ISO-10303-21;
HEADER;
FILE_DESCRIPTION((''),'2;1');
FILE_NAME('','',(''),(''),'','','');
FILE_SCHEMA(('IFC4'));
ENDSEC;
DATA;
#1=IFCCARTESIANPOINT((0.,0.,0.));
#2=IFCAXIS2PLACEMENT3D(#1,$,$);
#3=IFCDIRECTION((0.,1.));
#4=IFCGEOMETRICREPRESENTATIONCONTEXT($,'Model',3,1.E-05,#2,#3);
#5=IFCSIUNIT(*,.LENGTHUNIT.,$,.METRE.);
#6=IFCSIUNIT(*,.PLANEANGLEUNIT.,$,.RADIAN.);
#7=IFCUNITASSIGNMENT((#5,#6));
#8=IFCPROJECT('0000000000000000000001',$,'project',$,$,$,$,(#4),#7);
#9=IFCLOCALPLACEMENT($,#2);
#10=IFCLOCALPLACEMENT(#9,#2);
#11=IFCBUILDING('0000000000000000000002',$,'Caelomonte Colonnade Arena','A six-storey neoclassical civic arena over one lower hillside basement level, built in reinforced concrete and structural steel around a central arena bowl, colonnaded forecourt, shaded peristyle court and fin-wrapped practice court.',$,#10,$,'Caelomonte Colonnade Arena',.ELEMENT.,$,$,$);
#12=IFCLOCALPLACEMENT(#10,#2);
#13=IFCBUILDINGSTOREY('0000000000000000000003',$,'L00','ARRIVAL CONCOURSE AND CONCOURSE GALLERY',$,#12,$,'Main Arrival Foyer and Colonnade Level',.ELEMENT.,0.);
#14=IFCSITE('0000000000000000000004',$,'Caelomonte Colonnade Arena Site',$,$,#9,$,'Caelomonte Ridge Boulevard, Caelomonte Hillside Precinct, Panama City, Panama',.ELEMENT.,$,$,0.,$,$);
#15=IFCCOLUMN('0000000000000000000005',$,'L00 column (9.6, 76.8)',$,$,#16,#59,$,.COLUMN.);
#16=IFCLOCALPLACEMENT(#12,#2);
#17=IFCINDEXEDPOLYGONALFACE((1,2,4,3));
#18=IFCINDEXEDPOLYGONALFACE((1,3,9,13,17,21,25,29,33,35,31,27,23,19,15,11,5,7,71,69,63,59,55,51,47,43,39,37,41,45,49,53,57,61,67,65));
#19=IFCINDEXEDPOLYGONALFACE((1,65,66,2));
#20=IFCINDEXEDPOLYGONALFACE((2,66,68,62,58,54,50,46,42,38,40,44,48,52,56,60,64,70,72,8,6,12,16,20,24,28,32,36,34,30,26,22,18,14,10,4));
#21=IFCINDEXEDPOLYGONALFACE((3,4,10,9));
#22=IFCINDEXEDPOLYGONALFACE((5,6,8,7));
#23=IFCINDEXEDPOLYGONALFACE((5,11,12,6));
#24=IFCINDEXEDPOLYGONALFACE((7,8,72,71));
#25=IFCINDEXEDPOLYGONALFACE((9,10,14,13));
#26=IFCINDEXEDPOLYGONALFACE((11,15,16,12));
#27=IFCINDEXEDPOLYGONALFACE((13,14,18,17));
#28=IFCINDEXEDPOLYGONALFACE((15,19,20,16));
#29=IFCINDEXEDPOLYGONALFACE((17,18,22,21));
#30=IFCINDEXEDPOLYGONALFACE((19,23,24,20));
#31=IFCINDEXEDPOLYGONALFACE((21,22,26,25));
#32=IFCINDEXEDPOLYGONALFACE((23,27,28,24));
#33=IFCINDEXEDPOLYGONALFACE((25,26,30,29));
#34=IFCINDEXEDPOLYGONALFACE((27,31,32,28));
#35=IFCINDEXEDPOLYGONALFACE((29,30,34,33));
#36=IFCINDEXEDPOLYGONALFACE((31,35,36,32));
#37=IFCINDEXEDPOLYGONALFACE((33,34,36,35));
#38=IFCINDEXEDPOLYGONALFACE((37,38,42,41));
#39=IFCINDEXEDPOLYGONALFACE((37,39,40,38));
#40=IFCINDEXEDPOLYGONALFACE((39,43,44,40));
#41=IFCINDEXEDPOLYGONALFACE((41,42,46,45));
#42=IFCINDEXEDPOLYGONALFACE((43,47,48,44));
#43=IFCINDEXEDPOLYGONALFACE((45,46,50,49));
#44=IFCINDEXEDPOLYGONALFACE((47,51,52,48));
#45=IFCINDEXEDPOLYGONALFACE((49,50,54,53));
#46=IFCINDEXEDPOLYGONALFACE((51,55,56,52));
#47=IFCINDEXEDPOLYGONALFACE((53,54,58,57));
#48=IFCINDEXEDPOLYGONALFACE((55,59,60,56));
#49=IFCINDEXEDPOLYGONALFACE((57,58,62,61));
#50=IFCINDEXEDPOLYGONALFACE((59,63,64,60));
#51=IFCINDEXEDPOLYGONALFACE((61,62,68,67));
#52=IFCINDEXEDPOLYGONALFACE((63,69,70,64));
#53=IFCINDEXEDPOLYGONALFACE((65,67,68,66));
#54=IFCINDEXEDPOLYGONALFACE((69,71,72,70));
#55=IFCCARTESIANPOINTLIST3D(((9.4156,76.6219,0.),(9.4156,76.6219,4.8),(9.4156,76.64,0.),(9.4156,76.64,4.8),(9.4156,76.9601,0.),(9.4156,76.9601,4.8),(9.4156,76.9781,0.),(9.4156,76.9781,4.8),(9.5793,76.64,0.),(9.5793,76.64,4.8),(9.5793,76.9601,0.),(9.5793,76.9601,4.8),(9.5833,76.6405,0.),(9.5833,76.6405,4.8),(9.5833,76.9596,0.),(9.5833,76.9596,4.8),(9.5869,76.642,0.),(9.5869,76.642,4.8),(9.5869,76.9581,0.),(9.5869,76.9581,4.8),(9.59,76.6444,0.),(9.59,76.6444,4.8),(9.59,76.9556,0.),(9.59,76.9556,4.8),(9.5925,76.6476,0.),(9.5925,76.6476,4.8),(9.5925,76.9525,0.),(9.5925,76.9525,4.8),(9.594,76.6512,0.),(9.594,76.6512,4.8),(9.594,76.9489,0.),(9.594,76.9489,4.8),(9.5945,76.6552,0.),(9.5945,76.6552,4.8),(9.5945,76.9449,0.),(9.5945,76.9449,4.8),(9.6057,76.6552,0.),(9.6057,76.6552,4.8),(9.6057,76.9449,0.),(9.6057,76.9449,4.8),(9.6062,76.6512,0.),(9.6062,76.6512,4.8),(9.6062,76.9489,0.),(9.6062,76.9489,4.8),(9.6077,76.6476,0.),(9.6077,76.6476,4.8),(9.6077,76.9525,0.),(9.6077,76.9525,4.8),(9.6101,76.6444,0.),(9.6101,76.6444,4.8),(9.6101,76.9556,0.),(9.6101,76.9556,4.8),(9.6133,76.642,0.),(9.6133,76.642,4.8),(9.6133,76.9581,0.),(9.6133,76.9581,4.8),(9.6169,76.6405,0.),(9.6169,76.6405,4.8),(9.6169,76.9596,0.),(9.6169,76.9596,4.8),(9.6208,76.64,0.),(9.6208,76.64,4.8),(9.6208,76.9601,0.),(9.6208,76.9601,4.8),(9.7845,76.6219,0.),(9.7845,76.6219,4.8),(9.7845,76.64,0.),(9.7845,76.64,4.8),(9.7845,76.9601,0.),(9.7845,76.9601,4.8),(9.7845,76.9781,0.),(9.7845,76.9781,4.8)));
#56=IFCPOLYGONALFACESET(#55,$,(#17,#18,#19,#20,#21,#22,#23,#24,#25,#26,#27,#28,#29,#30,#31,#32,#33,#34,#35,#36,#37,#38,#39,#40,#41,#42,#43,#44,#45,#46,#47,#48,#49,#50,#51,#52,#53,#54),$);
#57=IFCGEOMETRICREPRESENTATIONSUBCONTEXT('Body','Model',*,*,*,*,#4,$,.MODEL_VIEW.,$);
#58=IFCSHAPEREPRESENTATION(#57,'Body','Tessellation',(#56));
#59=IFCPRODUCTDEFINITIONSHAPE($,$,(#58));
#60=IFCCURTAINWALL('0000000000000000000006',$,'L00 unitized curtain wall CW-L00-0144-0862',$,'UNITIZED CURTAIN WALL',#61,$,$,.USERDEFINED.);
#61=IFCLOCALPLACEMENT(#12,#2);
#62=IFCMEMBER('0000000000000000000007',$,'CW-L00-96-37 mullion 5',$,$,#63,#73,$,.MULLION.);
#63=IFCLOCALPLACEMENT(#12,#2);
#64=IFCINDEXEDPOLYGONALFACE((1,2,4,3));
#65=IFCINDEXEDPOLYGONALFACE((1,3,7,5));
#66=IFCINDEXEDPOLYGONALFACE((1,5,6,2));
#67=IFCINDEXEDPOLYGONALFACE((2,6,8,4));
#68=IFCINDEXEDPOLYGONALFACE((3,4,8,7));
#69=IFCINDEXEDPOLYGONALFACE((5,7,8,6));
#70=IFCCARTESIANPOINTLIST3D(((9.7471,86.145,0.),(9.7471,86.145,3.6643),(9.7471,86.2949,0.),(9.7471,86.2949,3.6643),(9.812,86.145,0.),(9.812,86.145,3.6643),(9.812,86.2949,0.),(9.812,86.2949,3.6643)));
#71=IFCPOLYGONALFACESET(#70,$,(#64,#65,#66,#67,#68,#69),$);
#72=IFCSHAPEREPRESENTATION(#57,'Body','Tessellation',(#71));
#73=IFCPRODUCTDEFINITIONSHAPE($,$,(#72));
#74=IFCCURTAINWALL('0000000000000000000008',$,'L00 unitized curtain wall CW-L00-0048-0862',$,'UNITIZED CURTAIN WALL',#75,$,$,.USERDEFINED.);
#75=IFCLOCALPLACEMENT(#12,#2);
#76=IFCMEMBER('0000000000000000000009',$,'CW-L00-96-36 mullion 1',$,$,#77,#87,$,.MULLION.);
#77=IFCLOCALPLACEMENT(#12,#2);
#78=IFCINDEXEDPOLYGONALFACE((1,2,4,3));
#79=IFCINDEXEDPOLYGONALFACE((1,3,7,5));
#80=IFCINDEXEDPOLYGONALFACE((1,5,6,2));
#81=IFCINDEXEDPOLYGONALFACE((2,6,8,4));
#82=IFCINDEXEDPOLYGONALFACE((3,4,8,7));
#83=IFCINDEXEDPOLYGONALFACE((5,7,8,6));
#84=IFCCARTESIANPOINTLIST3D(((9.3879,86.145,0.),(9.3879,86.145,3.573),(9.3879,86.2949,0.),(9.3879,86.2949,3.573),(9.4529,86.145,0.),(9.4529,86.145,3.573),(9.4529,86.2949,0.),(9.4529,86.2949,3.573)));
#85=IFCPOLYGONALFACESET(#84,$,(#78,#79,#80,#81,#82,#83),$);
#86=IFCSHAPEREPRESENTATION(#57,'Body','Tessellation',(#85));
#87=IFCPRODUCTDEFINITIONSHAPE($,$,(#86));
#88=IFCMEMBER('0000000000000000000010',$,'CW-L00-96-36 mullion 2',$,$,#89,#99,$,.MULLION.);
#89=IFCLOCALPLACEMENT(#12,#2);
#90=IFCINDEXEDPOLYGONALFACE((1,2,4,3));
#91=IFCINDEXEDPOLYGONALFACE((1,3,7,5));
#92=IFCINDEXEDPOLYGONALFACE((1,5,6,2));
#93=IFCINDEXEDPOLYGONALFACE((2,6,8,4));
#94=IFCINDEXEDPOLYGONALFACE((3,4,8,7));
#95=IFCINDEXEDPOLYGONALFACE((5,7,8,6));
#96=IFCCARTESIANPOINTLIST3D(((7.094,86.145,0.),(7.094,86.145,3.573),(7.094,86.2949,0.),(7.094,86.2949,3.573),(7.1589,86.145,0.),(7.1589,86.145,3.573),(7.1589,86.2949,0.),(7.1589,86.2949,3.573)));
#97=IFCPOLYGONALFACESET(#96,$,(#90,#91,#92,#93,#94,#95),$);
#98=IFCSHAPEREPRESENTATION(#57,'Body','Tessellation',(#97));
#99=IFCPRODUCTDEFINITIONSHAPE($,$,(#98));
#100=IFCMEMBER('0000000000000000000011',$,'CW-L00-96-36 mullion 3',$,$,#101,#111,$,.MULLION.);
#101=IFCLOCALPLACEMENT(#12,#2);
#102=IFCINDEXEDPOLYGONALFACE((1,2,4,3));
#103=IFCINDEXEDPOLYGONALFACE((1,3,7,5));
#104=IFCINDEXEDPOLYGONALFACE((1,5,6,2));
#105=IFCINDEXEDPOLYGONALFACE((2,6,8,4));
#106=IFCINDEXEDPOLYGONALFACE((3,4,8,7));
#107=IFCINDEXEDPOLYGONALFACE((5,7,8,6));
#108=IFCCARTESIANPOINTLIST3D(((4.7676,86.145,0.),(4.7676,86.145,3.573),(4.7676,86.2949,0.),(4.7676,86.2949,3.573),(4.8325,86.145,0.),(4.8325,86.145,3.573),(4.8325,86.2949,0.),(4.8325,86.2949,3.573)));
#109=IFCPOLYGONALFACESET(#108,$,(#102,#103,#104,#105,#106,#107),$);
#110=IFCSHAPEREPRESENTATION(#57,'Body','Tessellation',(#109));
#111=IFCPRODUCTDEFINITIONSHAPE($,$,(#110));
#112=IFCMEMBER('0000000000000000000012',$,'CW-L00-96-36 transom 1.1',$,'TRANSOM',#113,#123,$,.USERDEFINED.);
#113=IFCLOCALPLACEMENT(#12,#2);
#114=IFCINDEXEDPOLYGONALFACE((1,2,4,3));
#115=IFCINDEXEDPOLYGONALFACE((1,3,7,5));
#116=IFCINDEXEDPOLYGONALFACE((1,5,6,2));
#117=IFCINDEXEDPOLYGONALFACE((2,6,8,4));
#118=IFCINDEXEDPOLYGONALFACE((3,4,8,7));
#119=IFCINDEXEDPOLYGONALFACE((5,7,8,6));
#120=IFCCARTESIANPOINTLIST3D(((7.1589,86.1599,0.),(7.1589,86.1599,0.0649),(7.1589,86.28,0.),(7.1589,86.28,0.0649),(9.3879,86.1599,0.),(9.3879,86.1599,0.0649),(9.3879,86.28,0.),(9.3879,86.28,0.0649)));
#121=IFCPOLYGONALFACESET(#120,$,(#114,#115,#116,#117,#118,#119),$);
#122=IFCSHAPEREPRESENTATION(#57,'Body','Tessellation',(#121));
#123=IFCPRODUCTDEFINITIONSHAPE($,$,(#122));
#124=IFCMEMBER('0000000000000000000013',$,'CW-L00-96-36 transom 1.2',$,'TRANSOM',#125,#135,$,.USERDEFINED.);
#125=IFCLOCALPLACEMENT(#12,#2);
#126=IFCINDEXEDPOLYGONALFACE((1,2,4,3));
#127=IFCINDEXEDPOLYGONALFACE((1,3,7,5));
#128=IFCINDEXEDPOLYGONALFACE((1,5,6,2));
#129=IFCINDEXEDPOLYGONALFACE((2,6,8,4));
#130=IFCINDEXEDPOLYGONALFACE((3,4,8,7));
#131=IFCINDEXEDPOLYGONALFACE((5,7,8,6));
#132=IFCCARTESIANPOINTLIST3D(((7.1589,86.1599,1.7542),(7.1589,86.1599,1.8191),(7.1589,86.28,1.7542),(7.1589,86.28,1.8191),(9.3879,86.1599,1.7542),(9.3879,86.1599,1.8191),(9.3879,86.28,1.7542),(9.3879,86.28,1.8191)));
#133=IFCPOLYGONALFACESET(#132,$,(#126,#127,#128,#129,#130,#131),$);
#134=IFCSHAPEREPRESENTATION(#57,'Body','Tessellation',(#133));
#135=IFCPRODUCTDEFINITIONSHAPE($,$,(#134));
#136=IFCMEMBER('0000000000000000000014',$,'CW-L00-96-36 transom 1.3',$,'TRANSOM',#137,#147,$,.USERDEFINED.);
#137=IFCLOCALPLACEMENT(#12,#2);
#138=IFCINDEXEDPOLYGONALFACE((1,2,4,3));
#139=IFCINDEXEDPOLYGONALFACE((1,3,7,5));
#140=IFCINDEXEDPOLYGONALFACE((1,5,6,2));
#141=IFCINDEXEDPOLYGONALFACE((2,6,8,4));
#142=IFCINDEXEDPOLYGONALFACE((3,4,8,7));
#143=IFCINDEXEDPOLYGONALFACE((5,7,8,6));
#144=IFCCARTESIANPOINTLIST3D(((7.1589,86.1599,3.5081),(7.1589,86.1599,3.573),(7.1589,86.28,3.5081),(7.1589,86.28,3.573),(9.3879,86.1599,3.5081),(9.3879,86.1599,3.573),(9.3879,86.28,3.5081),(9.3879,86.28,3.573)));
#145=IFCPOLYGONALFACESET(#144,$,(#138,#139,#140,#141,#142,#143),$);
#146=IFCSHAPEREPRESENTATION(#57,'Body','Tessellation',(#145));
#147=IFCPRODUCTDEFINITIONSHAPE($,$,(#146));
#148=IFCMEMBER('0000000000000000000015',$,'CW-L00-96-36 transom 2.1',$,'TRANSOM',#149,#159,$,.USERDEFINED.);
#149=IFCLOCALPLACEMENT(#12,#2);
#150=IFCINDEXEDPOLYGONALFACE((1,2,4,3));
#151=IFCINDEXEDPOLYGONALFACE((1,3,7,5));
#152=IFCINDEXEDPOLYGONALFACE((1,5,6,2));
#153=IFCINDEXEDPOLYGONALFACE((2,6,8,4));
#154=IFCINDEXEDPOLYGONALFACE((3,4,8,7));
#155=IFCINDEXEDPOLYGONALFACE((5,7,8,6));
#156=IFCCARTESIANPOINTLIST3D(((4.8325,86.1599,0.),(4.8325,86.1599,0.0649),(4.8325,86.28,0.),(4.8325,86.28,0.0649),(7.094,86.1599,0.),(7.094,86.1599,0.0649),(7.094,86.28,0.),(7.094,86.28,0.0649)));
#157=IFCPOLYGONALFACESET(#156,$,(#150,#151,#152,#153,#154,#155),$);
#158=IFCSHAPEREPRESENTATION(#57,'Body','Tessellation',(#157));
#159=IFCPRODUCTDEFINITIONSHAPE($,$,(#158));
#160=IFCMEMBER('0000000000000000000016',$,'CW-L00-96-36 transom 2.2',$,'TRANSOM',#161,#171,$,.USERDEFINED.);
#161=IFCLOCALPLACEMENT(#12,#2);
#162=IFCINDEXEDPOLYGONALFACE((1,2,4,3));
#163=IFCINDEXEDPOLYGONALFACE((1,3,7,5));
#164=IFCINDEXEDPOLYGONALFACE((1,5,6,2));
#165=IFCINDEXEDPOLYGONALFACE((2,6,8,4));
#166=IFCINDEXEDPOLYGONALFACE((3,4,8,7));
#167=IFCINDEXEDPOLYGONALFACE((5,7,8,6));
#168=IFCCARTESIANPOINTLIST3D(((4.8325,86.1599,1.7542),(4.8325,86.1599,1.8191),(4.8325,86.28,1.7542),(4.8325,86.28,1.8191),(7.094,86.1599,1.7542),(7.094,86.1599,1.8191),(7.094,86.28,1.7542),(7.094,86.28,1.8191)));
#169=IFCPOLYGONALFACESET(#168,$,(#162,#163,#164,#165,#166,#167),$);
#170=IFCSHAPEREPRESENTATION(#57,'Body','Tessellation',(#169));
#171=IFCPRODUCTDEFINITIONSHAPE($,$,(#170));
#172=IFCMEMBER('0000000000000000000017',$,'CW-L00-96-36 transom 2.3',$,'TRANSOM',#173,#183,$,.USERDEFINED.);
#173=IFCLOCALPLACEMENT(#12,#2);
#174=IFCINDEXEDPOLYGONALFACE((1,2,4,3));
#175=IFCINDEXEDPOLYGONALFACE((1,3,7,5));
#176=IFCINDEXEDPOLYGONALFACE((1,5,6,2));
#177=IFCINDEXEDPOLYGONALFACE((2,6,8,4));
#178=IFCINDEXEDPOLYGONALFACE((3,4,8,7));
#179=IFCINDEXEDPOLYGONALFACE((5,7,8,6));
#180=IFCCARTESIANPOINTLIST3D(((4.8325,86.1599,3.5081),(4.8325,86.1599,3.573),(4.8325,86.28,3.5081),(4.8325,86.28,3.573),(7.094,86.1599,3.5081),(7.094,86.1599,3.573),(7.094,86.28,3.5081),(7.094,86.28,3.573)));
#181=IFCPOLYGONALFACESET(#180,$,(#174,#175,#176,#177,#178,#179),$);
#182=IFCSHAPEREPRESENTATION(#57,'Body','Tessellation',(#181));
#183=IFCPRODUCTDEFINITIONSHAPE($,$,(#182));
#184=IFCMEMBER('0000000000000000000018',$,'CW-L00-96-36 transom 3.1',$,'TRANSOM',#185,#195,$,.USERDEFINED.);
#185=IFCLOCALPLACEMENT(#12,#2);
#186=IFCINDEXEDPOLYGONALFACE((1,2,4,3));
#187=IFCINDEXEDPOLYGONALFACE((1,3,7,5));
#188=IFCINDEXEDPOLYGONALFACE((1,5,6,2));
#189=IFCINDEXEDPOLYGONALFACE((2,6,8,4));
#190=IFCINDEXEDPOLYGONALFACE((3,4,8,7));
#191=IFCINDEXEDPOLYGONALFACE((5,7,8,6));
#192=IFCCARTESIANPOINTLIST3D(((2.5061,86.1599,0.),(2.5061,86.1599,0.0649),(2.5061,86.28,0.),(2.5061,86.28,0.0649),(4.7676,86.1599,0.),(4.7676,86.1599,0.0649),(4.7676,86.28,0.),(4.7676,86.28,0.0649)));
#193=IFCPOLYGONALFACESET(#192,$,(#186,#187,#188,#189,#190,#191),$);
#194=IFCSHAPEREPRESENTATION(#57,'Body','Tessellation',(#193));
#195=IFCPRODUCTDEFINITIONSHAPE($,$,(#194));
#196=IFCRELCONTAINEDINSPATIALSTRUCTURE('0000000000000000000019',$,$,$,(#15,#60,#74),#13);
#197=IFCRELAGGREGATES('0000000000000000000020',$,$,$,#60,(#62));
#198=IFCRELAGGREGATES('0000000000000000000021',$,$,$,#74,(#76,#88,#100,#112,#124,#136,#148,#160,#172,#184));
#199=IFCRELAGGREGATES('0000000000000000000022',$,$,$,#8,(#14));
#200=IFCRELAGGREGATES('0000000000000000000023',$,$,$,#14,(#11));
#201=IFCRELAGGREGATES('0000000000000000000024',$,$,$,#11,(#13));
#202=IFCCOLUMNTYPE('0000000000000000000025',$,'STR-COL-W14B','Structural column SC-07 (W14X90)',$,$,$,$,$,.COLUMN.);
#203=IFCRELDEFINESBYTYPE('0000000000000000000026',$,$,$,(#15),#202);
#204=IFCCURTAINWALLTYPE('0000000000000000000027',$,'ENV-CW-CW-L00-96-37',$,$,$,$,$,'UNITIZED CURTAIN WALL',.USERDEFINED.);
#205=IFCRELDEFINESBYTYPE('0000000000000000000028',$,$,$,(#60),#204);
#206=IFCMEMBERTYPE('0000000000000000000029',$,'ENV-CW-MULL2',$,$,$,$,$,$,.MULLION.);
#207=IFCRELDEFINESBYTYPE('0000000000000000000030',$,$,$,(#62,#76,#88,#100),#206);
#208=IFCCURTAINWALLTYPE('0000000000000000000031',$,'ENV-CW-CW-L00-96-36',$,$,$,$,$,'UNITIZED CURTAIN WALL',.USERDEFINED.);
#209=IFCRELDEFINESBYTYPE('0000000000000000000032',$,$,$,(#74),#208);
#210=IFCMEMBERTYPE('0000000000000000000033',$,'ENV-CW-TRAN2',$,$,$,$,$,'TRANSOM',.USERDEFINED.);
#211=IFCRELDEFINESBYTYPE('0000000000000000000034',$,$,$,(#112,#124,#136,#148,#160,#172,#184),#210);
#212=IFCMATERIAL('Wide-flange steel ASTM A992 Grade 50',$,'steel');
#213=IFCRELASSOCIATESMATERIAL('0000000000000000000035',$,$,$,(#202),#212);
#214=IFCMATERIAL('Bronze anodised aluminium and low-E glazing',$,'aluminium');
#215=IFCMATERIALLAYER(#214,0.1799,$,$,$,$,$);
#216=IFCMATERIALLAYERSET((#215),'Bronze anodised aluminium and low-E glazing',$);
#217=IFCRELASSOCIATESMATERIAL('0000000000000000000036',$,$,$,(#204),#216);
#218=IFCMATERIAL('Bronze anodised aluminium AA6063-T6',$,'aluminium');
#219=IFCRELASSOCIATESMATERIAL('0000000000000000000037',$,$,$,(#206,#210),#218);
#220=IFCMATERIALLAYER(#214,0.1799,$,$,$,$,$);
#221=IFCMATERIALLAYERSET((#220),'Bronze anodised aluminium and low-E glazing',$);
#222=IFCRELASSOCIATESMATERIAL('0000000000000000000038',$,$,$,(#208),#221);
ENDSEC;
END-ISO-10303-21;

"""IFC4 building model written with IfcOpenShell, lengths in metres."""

from ifc_helpers import new_model, si_unit, direction, frame, origin, origin_2d, place, context, subcontext, project, spatial, rectangle, i_section, extrude, material, layer, layer_set, material_profile, profile_set, type_object, element, aggregate, save


model = new_model("IFC4")

# Units and contexts
model_context = context("Model", 3, precision=1e-05, world=origin(), true_north=direction((0.0, 1.0)))
body_context = subcontext(model_context, "Body", "Model", "MODEL_VIEW")
ifc_project = project(units=[si_unit("LENGTHUNIT", "METRE"), si_unit("PLANEANGLEUNIT", "RADIAN")], contexts=[model_context])

# Site, building, storey
site_placement = place(None, origin())
site = spatial("IfcSite", under=ifc_project, at=site_placement, Name="Caelomonte Colonnade Arena Site", LongName="Caelomonte Ridge Boulevard, Caelomonte Hillside Precinct, Panama City, Panama", CompositionType="ELEMENT", RefElevation=0.0)
building_placement = place(site_placement, origin())
building = spatial("IfcBuilding", under=site, at=building_placement, Name="Caelomonte Colonnade Arena", Description="A six-storey neoclassical civic arena over one lower hillside basement level, built in reinforced concrete and structural steel around a central arena bowl, colonnaded forecourt, shaded peristyle court and fin-wrapped practice court.", LongName="Caelomonte Colonnade Arena", CompositionType="ELEMENT")
storey_placement = place(building_placement, origin())
storey = spatial("IfcBuildingStorey", under=building, at=storey_placement, Name="L00", Description="ARRIVAL CONCOURSE AND CONCOURSE GALLERY", LongName="Main Arrival Foyer and Colonnade Level", CompositionType="ELEMENT", Elevation=0.0)

# Column
ifc_material_1 = material(Name="Wide-flange steel ASTM A992 Grade 50", Category="steel")
ifc_material_profile_1 = material_profile(ifc_material_1, i_section(OverallWidth=0.3689, OverallDepth=0.3562, WebThickness=0.0112, FlangeThickness=0.0181, FilletRadius=0.0151, at=origin_2d()), Name="W14X90")
ifc_profile_set_1 = profile_set([ifc_material_profile_1], Name="Wide-flange steel ASTM A992 Grade 50")
column_type = type_object("IfcColumnType", Name="STR-COL-W14B", Description="Structural column SC-07 (W14X90)", PredefinedType="COLUMN", material=ifc_profile_set_1)
column_placement = place(storey_placement, frame((9.6001, 76.8, 0.0), z_axis=(0.0, 0.0, 1.0), x_axis=(1.0, 0.0, 0.0)))
element("IfcColumn", 1, at=column_placement, inside=storey, type_object=column_type, Name="L00 column (9.6, 76.8)", PredefinedType="COLUMN", context=body_context, shape_type="SweptSolid", body=[
    extrude(i_section(OverallWidth=0.3689, OverallDepth=0.3562, WebThickness=0.0112, FlangeThickness=0.0181, FilletRadius=0.0151, at=origin_2d()), origin(), (0.0, 0.0, 1.0), 4.8),
])

# Curtain wall, member
ifc_material_2 = material(Name="Bronze anodised aluminium and low-E glazing", Category="aluminium")
ifc_layer_1 = layer(ifc_material_2, 0.1799)
ifc_layer_set_1 = layer_set([ifc_layer_1], Name="Bronze anodised aluminium and low-E glazing")
curtain_wall_type_1 = type_object("IfcCurtainWallType", Name="ENV-CW-CW-L00-96-37", ElementType="UNITIZED CURTAIN WALL", PredefinedType="USERDEFINED", material=ifc_layer_set_1)
curtain_wall_1_placement = place(storey_placement, origin())
curtain_wall_1 = element("IfcCurtainWall", 2, at=curtain_wall_1_placement, inside=storey, type_object=curtain_wall_type_1, Name="L00 unitized curtain wall CW-L00-0144-0862", ObjectType="UNITIZED CURTAIN WALL", PredefinedType="USERDEFINED")
ifc_material_3 = material(Name="Bronze anodised aluminium AA6063-T6", Category="aluminium")
ifc_material_profile_2 = material_profile(ifc_material_3, rectangle(XDim=0.0649, YDim=0.1499, at=origin_2d()), Name="CWM-65X150")
ifc_profile_set_2 = profile_set([ifc_material_profile_2], Name="Bronze anodised aluminium AA6063-T6")
member_type_1 = type_object("IfcMemberType", Name="ENV-CW-MULL2", PredefinedType="MULLION", material=ifc_profile_set_2)
member_1_placement = place(storey_placement, frame((9.7795, 86.22, 0.0), z_axis=(0.0, 0.0, 1.0), x_axis=(-1.0, 0.0, 0.0)))
member_1 = element("IfcMember", 3, at=member_1_placement, type_object=member_type_1, Name="CW-L00-96-37 mullion 5", PredefinedType="MULLION", context=body_context, shape_type="SweptSolid", body=[
    extrude(rectangle(XDim=0.0649, YDim=0.1499, at=origin_2d()), origin(), (0.0, 0.0, 1.0), 3.6643),
])

# Curtain wall, members
ifc_layer_2 = layer(ifc_material_2, 0.1799)
ifc_layer_set_2 = layer_set([ifc_layer_2], Name="Bronze anodised aluminium and low-E glazing")
curtain_wall_type_2 = type_object("IfcCurtainWallType", Name="ENV-CW-CW-L00-96-36", ElementType="UNITIZED CURTAIN WALL", PredefinedType="USERDEFINED", material=ifc_layer_set_2)
curtain_wall_2_placement = place(storey_placement, origin())
curtain_wall_2 = element("IfcCurtainWall", 4, at=curtain_wall_2_placement, inside=storey, type_object=curtain_wall_type_2, Name="L00 unitized curtain wall CW-L00-0048-0862", ObjectType="UNITIZED CURTAIN WALL", PredefinedType="USERDEFINED")
member_2_placement = place(storey_placement, frame((9.4204, 86.22, 0.0), z_axis=(0.0, 0.0, 1.0), x_axis=(-1.0, 0.0, 0.0)))
member_2 = element("IfcMember", 5, at=member_2_placement, type_object=member_type_1, Name="CW-L00-96-36 mullion 1", PredefinedType="MULLION", context=body_context, shape_type="SweptSolid", body=[
    extrude(rectangle(XDim=0.0649, YDim=0.1499, at=origin_2d()), origin(), (0.0, 0.0, 1.0), 3.573),
])
member_3_placement = place(storey_placement, frame((7.1265, 86.22, 0.0), z_axis=(0.0, 0.0, 1.0), x_axis=(-1.0, 0.0, 0.0)))
member_3 = element("IfcMember", 6, at=member_3_placement, type_object=member_type_1, Name="CW-L00-96-36 mullion 2", PredefinedType="MULLION", context=body_context, shape_type="SweptSolid", body=[
    extrude(rectangle(XDim=0.0649, YDim=0.1499, at=origin_2d()), origin(), (0.0, 0.0, 1.0), 3.573),
])
member_4_placement = place(storey_placement, frame((4.8, 86.22, 0.0), z_axis=(0.0, 0.0, 1.0), x_axis=(-1.0, 0.0, 0.0)))
member_4 = element("IfcMember", 7, at=member_4_placement, type_object=member_type_1, Name="CW-L00-96-36 mullion 3", PredefinedType="MULLION", context=body_context, shape_type="SweptSolid", body=[
    extrude(rectangle(XDim=0.0649, YDim=0.1499, at=origin_2d()), origin(), (0.0, 0.0, 1.0), 3.573),
])
ifc_material_profile_3 = material_profile(ifc_material_3, rectangle(XDim=0.0649, YDim=0.1201, at=origin_2d()), Name="CWT-65X120")
ifc_profile_set_3 = profile_set([ifc_material_profile_3], Name="Bronze anodised aluminium AA6063-T6")
member_type_2 = type_object("IfcMemberType", Name="ENV-CW-TRAN2", ElementType="TRANSOM", PredefinedType="USERDEFINED", material=ifc_profile_set_3)
member_5_placement = place(storey_placement, frame((9.3879, 86.22, 0.0325), z_axis=(-1.0, 0.0, 0.0), x_axis=(0.0, 0.0, 1.0)))
member_5 = element("IfcMember", 8, at=member_5_placement, type_object=member_type_2, Name="CW-L00-96-36 transom 1.1", ObjectType="TRANSOM", PredefinedType="USERDEFINED", context=body_context, shape_type="SweptSolid", body=[
    extrude(rectangle(XDim=0.0649, YDim=0.1201, at=origin_2d()), origin(), (0.0, 0.0, 1.0), 2.229),
])
member_6_placement = place(storey_placement, frame((9.3879, 86.22, 1.7866), z_axis=(-1.0, 0.0, 0.0), x_axis=(0.0, 0.0, 1.0)))
member_6 = element("IfcMember", 9, at=member_6_placement, type_object=member_type_2, Name="CW-L00-96-36 transom 1.2", ObjectType="TRANSOM", PredefinedType="USERDEFINED", context=body_context, shape_type="SweptSolid", body=[
    extrude(rectangle(XDim=0.0649, YDim=0.1201, at=origin_2d()), origin(), (0.0, 0.0, 1.0), 2.229),
])
member_7_placement = place(storey_placement, frame((9.3879, 86.22, 3.5405), z_axis=(-1.0, 0.0, 0.0), x_axis=(0.0, 0.0, 1.0)))
member_7 = element("IfcMember", 10, at=member_7_placement, type_object=member_type_2, Name="CW-L00-96-36 transom 1.3", ObjectType="TRANSOM", PredefinedType="USERDEFINED", context=body_context, shape_type="SweptSolid", body=[
    extrude(rectangle(XDim=0.0649, YDim=0.1201, at=origin_2d()), origin(), (0.0, 0.0, 1.0), 2.229),
])
member_8_placement = place(storey_placement, frame((7.094, 86.22, 0.0325), z_axis=(-1.0, 0.0, 0.0), x_axis=(0.0, 0.0, 1.0)))
member_8 = element("IfcMember", 11, at=member_8_placement, type_object=member_type_2, Name="CW-L00-96-36 transom 2.1", ObjectType="TRANSOM", PredefinedType="USERDEFINED", context=body_context, shape_type="SweptSolid", body=[
    extrude(rectangle(XDim=0.0649, YDim=0.1201, at=origin_2d()), origin(), (0.0, 0.0, 1.0), 2.2615),
])
member_9_placement = place(storey_placement, frame((7.094, 86.22, 1.7866), z_axis=(-1.0, 0.0, 0.0), x_axis=(0.0, 0.0, 1.0)))
member_9 = element("IfcMember", 12, at=member_9_placement, type_object=member_type_2, Name="CW-L00-96-36 transom 2.2", ObjectType="TRANSOM", PredefinedType="USERDEFINED", context=body_context, shape_type="SweptSolid", body=[
    extrude(rectangle(XDim=0.0649, YDim=0.1201, at=origin_2d()), origin(), (0.0, 0.0, 1.0), 2.2615),
])
member_10_placement = place(storey_placement, frame((7.094, 86.22, 3.5405), z_axis=(-1.0, 0.0, 0.0), x_axis=(0.0, 0.0, 1.0)))
member_10 = element("IfcMember", 13, at=member_10_placement, type_object=member_type_2, Name="CW-L00-96-36 transom 2.3", ObjectType="TRANSOM", PredefinedType="USERDEFINED", context=body_context, shape_type="SweptSolid", body=[
    extrude(rectangle(XDim=0.0649, YDim=0.1201, at=origin_2d()), origin(), (0.0, 0.0, 1.0), 2.2615),
])
member_11_placement = place(storey_placement, frame((4.7676, 86.22, 0.0325), z_axis=(-1.0, 0.0, 0.0), x_axis=(0.0, 0.0, 1.0)))
member_11 = element("IfcMember", 14, at=member_11_placement, type_object=member_type_2, Name="CW-L00-96-36 transom 3.1", ObjectType="TRANSOM", PredefinedType="USERDEFINED", context=body_context, shape_type="SweptSolid", body=[
    extrude(rectangle(XDim=0.0649, YDim=0.1201, at=origin_2d()), origin(), (0.0, 0.0, 1.0), 2.2615),
])

aggregate(curtain_wall_1, [member_1])
aggregate(curtain_wall_2, [member_2, member_3, member_4, member_5, member_6, member_7, member_8, member_9, member_10, member_11])

save(model, "model.ifc")
